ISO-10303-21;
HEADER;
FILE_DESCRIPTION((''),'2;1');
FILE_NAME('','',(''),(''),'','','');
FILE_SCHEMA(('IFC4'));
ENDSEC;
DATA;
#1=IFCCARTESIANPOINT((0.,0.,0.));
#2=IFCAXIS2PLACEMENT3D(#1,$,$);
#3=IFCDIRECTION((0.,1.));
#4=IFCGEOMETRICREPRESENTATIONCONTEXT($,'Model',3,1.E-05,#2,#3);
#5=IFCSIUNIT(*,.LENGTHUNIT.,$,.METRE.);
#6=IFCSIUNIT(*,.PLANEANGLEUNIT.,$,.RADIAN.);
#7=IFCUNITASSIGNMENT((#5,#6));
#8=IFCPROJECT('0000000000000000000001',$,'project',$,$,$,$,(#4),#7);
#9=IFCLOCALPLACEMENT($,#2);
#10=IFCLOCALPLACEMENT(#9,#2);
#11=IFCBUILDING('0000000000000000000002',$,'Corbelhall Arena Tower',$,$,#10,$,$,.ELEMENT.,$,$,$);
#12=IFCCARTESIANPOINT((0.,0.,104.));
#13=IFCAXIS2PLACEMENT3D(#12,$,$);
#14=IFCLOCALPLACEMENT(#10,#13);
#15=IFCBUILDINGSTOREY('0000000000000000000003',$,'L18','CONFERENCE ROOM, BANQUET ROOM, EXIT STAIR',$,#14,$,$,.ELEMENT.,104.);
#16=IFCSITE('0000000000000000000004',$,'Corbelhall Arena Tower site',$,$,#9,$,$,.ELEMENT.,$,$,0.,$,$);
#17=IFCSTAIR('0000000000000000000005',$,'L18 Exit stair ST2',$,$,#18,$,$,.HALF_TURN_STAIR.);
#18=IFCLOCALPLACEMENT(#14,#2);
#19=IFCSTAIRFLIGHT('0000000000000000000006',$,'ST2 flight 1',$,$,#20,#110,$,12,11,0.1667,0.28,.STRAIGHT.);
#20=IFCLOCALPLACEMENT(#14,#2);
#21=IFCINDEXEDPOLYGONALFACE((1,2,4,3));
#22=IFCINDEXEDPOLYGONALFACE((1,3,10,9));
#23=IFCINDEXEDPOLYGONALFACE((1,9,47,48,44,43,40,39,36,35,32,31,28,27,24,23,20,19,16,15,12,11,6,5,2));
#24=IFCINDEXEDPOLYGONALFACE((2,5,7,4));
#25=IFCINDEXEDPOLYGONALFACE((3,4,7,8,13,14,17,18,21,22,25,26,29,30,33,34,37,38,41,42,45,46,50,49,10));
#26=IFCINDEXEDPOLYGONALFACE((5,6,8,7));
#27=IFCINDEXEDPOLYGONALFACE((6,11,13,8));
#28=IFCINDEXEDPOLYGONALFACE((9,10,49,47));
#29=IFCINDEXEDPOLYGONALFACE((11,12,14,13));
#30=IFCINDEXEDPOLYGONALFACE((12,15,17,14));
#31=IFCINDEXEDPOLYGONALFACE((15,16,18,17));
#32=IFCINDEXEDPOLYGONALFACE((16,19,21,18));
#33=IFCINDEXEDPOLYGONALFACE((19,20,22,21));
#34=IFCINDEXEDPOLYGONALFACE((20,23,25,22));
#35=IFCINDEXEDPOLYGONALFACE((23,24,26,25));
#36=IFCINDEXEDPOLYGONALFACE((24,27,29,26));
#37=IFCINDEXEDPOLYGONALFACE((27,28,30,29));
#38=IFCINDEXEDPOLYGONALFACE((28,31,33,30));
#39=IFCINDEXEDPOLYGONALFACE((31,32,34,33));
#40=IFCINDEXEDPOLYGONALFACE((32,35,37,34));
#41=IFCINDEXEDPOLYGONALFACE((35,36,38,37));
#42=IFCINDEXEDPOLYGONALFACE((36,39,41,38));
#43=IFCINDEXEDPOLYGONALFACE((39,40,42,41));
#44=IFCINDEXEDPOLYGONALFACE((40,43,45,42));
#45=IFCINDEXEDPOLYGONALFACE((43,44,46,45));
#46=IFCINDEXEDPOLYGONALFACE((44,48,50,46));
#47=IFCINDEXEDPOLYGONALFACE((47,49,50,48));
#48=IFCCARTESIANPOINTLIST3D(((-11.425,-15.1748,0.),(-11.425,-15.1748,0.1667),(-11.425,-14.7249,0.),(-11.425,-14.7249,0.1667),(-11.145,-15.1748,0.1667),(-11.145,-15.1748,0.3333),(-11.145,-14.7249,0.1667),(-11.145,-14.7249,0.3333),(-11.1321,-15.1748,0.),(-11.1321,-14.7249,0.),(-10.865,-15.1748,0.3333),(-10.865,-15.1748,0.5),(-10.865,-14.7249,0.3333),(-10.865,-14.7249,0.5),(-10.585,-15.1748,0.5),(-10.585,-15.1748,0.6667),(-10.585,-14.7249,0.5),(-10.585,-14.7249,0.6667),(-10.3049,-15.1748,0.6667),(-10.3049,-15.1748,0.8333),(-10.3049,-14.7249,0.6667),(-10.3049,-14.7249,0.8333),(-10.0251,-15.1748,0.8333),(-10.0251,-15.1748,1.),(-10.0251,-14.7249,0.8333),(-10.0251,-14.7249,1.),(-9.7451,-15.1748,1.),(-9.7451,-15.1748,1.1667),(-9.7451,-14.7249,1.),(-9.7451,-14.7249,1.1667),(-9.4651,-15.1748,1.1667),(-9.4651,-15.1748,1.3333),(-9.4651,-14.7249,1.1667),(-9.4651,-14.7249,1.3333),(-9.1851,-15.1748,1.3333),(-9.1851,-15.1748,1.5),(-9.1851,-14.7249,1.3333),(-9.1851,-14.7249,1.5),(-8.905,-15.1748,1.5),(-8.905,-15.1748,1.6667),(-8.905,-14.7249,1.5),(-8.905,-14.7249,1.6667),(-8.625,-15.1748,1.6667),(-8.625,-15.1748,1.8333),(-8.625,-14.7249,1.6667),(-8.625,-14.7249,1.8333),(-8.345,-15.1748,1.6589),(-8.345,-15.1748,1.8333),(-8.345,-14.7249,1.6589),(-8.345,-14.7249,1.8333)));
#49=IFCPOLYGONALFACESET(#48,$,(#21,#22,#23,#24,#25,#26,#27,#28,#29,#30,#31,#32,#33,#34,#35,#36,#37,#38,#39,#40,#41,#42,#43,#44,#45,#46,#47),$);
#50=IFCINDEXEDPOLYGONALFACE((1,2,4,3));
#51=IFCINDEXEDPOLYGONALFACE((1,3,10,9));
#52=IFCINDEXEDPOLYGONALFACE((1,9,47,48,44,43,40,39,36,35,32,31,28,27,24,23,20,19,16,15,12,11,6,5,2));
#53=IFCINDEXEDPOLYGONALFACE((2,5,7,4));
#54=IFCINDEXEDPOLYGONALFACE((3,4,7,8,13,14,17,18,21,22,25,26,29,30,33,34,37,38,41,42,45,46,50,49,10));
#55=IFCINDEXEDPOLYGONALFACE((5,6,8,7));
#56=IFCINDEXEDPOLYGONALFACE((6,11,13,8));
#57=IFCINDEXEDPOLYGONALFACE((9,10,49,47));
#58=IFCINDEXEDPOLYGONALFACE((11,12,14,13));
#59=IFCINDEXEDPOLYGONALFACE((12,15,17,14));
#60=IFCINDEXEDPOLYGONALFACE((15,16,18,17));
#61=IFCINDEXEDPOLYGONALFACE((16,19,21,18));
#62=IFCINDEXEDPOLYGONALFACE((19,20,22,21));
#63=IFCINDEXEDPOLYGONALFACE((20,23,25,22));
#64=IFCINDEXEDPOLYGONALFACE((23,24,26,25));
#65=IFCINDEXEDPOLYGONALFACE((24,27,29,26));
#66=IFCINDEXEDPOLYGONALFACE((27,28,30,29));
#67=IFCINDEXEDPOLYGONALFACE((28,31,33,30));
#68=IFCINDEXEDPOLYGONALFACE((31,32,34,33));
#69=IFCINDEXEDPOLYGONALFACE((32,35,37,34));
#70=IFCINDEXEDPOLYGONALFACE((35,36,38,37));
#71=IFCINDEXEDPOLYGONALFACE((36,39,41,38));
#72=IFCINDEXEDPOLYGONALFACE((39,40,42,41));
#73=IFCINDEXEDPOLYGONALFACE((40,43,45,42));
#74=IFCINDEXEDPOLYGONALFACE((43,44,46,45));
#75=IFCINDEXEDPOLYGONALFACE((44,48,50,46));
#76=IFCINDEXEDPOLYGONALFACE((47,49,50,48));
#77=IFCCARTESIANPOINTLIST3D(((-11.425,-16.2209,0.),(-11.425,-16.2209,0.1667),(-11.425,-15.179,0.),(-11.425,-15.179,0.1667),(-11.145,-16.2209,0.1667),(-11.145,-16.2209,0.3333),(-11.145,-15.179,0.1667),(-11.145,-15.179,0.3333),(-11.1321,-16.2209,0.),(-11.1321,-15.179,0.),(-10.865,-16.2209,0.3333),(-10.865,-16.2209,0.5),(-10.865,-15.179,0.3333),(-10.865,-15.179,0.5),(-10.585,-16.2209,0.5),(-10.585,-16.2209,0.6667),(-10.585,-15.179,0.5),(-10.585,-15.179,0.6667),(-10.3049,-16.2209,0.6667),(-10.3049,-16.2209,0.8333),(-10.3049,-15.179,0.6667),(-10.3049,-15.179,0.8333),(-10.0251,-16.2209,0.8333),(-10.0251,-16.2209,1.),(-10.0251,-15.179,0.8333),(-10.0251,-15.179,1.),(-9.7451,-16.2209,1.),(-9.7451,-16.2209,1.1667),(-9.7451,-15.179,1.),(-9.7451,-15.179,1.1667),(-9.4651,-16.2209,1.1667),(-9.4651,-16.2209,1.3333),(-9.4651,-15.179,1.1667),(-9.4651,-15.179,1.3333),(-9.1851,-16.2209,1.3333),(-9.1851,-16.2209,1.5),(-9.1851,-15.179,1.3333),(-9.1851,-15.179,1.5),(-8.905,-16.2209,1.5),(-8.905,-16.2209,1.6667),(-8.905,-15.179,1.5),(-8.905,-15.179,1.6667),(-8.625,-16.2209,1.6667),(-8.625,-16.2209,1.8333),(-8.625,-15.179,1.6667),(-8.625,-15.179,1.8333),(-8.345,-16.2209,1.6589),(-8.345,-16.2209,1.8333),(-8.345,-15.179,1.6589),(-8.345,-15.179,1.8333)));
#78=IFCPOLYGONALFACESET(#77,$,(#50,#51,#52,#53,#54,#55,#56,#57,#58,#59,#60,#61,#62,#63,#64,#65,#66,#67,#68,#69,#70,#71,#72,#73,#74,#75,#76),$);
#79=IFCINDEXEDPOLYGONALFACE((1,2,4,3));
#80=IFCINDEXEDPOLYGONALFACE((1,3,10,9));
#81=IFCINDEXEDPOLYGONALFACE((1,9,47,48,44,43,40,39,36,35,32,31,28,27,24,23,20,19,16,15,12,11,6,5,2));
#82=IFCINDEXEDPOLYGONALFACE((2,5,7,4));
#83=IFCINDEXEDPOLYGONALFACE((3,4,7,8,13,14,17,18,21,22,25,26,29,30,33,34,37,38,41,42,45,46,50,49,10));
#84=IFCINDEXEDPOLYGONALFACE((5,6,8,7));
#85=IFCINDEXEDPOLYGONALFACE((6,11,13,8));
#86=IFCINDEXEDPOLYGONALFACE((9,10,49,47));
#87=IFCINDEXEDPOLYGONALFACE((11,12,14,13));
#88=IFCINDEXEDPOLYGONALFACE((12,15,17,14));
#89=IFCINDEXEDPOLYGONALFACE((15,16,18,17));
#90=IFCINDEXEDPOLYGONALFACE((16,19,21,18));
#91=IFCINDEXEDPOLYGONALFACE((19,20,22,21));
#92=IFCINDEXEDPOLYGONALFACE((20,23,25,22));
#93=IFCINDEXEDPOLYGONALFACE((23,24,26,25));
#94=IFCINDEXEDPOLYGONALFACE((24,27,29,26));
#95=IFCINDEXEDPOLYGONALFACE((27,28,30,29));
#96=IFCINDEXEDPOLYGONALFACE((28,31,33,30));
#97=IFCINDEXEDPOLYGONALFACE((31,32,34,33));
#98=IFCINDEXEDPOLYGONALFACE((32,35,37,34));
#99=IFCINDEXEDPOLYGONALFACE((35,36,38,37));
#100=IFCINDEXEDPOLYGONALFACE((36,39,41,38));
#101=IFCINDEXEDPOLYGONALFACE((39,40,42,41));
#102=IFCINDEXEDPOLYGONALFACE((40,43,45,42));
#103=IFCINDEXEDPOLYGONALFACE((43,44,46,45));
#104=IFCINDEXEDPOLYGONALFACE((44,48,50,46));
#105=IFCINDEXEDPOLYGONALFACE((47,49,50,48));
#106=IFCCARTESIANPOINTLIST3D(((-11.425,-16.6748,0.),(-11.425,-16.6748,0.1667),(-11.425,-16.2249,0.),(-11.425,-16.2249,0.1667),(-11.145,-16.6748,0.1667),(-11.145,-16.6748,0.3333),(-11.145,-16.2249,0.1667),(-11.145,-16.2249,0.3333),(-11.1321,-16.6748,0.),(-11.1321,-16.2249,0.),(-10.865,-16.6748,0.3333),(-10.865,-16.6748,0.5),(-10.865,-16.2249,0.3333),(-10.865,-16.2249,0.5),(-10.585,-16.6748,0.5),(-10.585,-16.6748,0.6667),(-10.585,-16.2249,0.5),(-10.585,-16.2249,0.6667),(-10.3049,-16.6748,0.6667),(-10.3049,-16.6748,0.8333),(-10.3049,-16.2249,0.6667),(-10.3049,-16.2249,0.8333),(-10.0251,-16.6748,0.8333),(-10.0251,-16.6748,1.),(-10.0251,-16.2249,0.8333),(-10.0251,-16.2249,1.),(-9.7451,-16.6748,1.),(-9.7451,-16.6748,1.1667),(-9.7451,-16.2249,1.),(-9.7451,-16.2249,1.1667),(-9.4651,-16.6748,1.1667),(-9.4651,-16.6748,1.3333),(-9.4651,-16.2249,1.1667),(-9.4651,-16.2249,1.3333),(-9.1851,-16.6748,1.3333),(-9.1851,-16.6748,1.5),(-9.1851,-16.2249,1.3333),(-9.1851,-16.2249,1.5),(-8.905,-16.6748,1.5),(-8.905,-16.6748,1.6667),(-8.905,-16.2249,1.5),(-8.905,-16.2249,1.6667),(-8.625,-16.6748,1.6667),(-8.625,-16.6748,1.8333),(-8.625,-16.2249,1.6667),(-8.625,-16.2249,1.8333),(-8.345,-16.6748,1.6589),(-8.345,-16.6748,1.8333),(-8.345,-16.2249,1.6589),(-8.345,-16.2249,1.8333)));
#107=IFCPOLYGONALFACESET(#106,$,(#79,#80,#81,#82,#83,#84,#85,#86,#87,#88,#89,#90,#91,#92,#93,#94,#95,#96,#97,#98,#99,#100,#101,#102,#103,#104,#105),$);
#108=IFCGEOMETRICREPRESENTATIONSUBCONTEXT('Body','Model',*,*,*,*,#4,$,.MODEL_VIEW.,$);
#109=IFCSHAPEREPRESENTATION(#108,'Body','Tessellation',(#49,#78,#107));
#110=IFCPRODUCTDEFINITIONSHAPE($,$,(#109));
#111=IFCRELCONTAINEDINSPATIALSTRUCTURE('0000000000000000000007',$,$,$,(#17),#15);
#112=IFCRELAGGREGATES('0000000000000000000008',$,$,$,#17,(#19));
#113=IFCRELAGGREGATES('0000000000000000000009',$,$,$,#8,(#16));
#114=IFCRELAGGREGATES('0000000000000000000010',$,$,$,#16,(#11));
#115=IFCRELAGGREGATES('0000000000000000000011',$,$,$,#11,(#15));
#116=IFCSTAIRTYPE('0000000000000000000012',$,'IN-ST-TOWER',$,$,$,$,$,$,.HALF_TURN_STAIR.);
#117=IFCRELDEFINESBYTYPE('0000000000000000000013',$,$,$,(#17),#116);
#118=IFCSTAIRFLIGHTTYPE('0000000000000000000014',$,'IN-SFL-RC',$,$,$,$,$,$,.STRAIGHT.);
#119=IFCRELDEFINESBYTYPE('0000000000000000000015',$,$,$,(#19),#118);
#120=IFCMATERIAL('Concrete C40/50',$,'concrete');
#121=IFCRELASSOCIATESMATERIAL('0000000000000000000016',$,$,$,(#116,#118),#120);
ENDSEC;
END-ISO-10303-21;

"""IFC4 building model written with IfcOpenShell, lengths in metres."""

from ifc_helpers import new_model, si_unit, direction, frame, origin, place, context, subcontext, project, spatial, polyline, outline, extrude, material, type_object, element, aggregate, save


model = new_model("IFC4")

# Units and contexts
model_context = context("Model", 3, precision=1e-05, world=origin(), true_north=direction((0.0, 1.0)))
body_context = subcontext(model_context, "Body", "Model", "MODEL_VIEW")
ifc_project = project(units=[si_unit("LENGTHUNIT", "METRE"), si_unit("PLANEANGLEUNIT", "RADIAN")], contexts=[model_context])

# Site, building, storey
site_placement = place(None, origin())
site = spatial("IfcSite", under=ifc_project, at=site_placement, Name="Corbelhall Arena Tower site", CompositionType="ELEMENT", RefElevation=0.0)
building_placement = place(site_placement, origin())
building = spatial("IfcBuilding", under=site, at=building_placement, Name="Corbelhall Arena Tower", CompositionType="ELEMENT")
storey_placement = place(building_placement, frame((0.0, 0.0, 104.0)))
storey = spatial("IfcBuildingStorey", under=building, at=storey_placement, Name="L18", Description="CONFERENCE ROOM, BANQUET ROOM, EXIT STAIR", CompositionType="ELEMENT", Elevation=104.0)

# Stair, stair flight
ifc_material_1 = material(Name="Concrete C40/50", Category="concrete")
stair_type = type_object("IfcStairType", Name="IN-ST-TOWER", PredefinedType="HALF_TURN_STAIR", material=ifc_material_1)
stair_placement = place(storey_placement, origin())
stair = element("IfcStair", 1, at=stair_placement, inside=storey, type_object=stair_type, Name="L18 Exit stair ST2", PredefinedType="HALF_TURN_STAIR")
stair_flight_type = type_object("IfcStairFlightType", Name="IN-SFL-RC", PredefinedType="STRAIGHT", material=ifc_material_1)
stair_flight_placement = place(storey_placement, frame((-11.425, -15.7, 0.0), z_axis=(0.0, 0.0, 1.0), x_axis=(1.0, 0.0, 0.0)))
stair_flight = element("IfcStairFlight", 2, at=stair_flight_placement, type_object=stair_flight_type, Name="ST2 flight 1", NumberOfRisers=12, NumberOfTreads=11, PredefinedType="STRAIGHT", RiserHeight=0.1667, TreadLength=0.28, context=body_context, shape_type="SweptSolid", body=[
    extrude(outline(polyline([(0.0, 0.0), (0.0, 0.1667), (0.28, 0.1667), (0.28, 0.3333), (0.5601, 0.3333), (0.5601, 0.5), (0.8401, 0.5), (0.8401, 0.6667), (1.1201, 0.6667), (1.1201, 0.8333), (1.3999, 0.8333), (1.3999, 1.0), (1.6799, 1.0), (1.6799, 1.1667), (1.96, 1.1667), (1.96, 1.3333), (2.24, 1.3333), (2.24, 1.5), (2.52, 1.5), (2.52, 1.6667), (2.8, 1.6667), (2.8, 1.8333), (3.0801, 1.8333), (3.0801, 2.0), (3.0801, 1.6589), (0.293, 0.0), (0.0, 0.0)])), frame((0.0, 0.9751, 0.0), z_axis=(0.0, -1.0, 0.0), x_axis=(1.0, 0.0, 0.0)), (0.0, 0.0, 1.0), 0.45),
    extrude(outline(polyline([(0.0, 0.0), (0.0, 0.1667), (0.28, 0.1667), (0.28, 0.3333), (0.5601, 0.3333), (0.5601, 0.5), (0.8401, 0.5), (0.8401, 0.6667), (1.1201, 0.6667), (1.1201, 0.8333), (1.3999, 0.8333), (1.3999, 1.0), (1.6799, 1.0), (1.6799, 1.1667), (1.96, 1.1667), (1.96, 1.3333), (2.24, 1.3333), (2.24, 1.5), (2.52, 1.5), (2.52, 1.6667), (2.8, 1.6667), (2.8, 1.8333), (3.0801, 1.8333), (3.0801, 2.0), (3.0801, 1.6589), (0.293, 0.0), (0.0, 0.0)])), frame((0.0, 0.521, 0.0), z_axis=(0.0, -1.0, 0.0), x_axis=(1.0, 0.0, 0.0)), (0.0, 0.0, 1.0), 1.042),
    extrude(outline(polyline([(0.0, 0.0), (0.0, 0.1667), (0.28, 0.1667), (0.28, 0.3333), (0.5601, 0.3333), (0.5601, 0.5), (0.8401, 0.5), (0.8401, 0.6667), (1.1201, 0.6667), (1.1201, 0.8333), (1.3999, 0.8333), (1.3999, 1.0), (1.6799, 1.0), (1.6799, 1.1667), (1.96, 1.1667), (1.96, 1.3333), (2.24, 1.3333), (2.24, 1.5), (2.52, 1.5), (2.52, 1.6667), (2.8, 1.6667), (2.8, 1.8333), (3.0801, 1.8333), (3.0801, 2.0), (3.0801, 1.6589), (0.293, 0.0), (0.0, 0.0)])), frame((0.0, -0.5249, 0.0), z_axis=(0.0, -1.0, 0.0), x_axis=(1.0, 0.0, 0.0)), (0.0, 0.0, 1.0), 0.45),
])
aggregate(stair, [stair_flight])

save(model, "model.ifc")
